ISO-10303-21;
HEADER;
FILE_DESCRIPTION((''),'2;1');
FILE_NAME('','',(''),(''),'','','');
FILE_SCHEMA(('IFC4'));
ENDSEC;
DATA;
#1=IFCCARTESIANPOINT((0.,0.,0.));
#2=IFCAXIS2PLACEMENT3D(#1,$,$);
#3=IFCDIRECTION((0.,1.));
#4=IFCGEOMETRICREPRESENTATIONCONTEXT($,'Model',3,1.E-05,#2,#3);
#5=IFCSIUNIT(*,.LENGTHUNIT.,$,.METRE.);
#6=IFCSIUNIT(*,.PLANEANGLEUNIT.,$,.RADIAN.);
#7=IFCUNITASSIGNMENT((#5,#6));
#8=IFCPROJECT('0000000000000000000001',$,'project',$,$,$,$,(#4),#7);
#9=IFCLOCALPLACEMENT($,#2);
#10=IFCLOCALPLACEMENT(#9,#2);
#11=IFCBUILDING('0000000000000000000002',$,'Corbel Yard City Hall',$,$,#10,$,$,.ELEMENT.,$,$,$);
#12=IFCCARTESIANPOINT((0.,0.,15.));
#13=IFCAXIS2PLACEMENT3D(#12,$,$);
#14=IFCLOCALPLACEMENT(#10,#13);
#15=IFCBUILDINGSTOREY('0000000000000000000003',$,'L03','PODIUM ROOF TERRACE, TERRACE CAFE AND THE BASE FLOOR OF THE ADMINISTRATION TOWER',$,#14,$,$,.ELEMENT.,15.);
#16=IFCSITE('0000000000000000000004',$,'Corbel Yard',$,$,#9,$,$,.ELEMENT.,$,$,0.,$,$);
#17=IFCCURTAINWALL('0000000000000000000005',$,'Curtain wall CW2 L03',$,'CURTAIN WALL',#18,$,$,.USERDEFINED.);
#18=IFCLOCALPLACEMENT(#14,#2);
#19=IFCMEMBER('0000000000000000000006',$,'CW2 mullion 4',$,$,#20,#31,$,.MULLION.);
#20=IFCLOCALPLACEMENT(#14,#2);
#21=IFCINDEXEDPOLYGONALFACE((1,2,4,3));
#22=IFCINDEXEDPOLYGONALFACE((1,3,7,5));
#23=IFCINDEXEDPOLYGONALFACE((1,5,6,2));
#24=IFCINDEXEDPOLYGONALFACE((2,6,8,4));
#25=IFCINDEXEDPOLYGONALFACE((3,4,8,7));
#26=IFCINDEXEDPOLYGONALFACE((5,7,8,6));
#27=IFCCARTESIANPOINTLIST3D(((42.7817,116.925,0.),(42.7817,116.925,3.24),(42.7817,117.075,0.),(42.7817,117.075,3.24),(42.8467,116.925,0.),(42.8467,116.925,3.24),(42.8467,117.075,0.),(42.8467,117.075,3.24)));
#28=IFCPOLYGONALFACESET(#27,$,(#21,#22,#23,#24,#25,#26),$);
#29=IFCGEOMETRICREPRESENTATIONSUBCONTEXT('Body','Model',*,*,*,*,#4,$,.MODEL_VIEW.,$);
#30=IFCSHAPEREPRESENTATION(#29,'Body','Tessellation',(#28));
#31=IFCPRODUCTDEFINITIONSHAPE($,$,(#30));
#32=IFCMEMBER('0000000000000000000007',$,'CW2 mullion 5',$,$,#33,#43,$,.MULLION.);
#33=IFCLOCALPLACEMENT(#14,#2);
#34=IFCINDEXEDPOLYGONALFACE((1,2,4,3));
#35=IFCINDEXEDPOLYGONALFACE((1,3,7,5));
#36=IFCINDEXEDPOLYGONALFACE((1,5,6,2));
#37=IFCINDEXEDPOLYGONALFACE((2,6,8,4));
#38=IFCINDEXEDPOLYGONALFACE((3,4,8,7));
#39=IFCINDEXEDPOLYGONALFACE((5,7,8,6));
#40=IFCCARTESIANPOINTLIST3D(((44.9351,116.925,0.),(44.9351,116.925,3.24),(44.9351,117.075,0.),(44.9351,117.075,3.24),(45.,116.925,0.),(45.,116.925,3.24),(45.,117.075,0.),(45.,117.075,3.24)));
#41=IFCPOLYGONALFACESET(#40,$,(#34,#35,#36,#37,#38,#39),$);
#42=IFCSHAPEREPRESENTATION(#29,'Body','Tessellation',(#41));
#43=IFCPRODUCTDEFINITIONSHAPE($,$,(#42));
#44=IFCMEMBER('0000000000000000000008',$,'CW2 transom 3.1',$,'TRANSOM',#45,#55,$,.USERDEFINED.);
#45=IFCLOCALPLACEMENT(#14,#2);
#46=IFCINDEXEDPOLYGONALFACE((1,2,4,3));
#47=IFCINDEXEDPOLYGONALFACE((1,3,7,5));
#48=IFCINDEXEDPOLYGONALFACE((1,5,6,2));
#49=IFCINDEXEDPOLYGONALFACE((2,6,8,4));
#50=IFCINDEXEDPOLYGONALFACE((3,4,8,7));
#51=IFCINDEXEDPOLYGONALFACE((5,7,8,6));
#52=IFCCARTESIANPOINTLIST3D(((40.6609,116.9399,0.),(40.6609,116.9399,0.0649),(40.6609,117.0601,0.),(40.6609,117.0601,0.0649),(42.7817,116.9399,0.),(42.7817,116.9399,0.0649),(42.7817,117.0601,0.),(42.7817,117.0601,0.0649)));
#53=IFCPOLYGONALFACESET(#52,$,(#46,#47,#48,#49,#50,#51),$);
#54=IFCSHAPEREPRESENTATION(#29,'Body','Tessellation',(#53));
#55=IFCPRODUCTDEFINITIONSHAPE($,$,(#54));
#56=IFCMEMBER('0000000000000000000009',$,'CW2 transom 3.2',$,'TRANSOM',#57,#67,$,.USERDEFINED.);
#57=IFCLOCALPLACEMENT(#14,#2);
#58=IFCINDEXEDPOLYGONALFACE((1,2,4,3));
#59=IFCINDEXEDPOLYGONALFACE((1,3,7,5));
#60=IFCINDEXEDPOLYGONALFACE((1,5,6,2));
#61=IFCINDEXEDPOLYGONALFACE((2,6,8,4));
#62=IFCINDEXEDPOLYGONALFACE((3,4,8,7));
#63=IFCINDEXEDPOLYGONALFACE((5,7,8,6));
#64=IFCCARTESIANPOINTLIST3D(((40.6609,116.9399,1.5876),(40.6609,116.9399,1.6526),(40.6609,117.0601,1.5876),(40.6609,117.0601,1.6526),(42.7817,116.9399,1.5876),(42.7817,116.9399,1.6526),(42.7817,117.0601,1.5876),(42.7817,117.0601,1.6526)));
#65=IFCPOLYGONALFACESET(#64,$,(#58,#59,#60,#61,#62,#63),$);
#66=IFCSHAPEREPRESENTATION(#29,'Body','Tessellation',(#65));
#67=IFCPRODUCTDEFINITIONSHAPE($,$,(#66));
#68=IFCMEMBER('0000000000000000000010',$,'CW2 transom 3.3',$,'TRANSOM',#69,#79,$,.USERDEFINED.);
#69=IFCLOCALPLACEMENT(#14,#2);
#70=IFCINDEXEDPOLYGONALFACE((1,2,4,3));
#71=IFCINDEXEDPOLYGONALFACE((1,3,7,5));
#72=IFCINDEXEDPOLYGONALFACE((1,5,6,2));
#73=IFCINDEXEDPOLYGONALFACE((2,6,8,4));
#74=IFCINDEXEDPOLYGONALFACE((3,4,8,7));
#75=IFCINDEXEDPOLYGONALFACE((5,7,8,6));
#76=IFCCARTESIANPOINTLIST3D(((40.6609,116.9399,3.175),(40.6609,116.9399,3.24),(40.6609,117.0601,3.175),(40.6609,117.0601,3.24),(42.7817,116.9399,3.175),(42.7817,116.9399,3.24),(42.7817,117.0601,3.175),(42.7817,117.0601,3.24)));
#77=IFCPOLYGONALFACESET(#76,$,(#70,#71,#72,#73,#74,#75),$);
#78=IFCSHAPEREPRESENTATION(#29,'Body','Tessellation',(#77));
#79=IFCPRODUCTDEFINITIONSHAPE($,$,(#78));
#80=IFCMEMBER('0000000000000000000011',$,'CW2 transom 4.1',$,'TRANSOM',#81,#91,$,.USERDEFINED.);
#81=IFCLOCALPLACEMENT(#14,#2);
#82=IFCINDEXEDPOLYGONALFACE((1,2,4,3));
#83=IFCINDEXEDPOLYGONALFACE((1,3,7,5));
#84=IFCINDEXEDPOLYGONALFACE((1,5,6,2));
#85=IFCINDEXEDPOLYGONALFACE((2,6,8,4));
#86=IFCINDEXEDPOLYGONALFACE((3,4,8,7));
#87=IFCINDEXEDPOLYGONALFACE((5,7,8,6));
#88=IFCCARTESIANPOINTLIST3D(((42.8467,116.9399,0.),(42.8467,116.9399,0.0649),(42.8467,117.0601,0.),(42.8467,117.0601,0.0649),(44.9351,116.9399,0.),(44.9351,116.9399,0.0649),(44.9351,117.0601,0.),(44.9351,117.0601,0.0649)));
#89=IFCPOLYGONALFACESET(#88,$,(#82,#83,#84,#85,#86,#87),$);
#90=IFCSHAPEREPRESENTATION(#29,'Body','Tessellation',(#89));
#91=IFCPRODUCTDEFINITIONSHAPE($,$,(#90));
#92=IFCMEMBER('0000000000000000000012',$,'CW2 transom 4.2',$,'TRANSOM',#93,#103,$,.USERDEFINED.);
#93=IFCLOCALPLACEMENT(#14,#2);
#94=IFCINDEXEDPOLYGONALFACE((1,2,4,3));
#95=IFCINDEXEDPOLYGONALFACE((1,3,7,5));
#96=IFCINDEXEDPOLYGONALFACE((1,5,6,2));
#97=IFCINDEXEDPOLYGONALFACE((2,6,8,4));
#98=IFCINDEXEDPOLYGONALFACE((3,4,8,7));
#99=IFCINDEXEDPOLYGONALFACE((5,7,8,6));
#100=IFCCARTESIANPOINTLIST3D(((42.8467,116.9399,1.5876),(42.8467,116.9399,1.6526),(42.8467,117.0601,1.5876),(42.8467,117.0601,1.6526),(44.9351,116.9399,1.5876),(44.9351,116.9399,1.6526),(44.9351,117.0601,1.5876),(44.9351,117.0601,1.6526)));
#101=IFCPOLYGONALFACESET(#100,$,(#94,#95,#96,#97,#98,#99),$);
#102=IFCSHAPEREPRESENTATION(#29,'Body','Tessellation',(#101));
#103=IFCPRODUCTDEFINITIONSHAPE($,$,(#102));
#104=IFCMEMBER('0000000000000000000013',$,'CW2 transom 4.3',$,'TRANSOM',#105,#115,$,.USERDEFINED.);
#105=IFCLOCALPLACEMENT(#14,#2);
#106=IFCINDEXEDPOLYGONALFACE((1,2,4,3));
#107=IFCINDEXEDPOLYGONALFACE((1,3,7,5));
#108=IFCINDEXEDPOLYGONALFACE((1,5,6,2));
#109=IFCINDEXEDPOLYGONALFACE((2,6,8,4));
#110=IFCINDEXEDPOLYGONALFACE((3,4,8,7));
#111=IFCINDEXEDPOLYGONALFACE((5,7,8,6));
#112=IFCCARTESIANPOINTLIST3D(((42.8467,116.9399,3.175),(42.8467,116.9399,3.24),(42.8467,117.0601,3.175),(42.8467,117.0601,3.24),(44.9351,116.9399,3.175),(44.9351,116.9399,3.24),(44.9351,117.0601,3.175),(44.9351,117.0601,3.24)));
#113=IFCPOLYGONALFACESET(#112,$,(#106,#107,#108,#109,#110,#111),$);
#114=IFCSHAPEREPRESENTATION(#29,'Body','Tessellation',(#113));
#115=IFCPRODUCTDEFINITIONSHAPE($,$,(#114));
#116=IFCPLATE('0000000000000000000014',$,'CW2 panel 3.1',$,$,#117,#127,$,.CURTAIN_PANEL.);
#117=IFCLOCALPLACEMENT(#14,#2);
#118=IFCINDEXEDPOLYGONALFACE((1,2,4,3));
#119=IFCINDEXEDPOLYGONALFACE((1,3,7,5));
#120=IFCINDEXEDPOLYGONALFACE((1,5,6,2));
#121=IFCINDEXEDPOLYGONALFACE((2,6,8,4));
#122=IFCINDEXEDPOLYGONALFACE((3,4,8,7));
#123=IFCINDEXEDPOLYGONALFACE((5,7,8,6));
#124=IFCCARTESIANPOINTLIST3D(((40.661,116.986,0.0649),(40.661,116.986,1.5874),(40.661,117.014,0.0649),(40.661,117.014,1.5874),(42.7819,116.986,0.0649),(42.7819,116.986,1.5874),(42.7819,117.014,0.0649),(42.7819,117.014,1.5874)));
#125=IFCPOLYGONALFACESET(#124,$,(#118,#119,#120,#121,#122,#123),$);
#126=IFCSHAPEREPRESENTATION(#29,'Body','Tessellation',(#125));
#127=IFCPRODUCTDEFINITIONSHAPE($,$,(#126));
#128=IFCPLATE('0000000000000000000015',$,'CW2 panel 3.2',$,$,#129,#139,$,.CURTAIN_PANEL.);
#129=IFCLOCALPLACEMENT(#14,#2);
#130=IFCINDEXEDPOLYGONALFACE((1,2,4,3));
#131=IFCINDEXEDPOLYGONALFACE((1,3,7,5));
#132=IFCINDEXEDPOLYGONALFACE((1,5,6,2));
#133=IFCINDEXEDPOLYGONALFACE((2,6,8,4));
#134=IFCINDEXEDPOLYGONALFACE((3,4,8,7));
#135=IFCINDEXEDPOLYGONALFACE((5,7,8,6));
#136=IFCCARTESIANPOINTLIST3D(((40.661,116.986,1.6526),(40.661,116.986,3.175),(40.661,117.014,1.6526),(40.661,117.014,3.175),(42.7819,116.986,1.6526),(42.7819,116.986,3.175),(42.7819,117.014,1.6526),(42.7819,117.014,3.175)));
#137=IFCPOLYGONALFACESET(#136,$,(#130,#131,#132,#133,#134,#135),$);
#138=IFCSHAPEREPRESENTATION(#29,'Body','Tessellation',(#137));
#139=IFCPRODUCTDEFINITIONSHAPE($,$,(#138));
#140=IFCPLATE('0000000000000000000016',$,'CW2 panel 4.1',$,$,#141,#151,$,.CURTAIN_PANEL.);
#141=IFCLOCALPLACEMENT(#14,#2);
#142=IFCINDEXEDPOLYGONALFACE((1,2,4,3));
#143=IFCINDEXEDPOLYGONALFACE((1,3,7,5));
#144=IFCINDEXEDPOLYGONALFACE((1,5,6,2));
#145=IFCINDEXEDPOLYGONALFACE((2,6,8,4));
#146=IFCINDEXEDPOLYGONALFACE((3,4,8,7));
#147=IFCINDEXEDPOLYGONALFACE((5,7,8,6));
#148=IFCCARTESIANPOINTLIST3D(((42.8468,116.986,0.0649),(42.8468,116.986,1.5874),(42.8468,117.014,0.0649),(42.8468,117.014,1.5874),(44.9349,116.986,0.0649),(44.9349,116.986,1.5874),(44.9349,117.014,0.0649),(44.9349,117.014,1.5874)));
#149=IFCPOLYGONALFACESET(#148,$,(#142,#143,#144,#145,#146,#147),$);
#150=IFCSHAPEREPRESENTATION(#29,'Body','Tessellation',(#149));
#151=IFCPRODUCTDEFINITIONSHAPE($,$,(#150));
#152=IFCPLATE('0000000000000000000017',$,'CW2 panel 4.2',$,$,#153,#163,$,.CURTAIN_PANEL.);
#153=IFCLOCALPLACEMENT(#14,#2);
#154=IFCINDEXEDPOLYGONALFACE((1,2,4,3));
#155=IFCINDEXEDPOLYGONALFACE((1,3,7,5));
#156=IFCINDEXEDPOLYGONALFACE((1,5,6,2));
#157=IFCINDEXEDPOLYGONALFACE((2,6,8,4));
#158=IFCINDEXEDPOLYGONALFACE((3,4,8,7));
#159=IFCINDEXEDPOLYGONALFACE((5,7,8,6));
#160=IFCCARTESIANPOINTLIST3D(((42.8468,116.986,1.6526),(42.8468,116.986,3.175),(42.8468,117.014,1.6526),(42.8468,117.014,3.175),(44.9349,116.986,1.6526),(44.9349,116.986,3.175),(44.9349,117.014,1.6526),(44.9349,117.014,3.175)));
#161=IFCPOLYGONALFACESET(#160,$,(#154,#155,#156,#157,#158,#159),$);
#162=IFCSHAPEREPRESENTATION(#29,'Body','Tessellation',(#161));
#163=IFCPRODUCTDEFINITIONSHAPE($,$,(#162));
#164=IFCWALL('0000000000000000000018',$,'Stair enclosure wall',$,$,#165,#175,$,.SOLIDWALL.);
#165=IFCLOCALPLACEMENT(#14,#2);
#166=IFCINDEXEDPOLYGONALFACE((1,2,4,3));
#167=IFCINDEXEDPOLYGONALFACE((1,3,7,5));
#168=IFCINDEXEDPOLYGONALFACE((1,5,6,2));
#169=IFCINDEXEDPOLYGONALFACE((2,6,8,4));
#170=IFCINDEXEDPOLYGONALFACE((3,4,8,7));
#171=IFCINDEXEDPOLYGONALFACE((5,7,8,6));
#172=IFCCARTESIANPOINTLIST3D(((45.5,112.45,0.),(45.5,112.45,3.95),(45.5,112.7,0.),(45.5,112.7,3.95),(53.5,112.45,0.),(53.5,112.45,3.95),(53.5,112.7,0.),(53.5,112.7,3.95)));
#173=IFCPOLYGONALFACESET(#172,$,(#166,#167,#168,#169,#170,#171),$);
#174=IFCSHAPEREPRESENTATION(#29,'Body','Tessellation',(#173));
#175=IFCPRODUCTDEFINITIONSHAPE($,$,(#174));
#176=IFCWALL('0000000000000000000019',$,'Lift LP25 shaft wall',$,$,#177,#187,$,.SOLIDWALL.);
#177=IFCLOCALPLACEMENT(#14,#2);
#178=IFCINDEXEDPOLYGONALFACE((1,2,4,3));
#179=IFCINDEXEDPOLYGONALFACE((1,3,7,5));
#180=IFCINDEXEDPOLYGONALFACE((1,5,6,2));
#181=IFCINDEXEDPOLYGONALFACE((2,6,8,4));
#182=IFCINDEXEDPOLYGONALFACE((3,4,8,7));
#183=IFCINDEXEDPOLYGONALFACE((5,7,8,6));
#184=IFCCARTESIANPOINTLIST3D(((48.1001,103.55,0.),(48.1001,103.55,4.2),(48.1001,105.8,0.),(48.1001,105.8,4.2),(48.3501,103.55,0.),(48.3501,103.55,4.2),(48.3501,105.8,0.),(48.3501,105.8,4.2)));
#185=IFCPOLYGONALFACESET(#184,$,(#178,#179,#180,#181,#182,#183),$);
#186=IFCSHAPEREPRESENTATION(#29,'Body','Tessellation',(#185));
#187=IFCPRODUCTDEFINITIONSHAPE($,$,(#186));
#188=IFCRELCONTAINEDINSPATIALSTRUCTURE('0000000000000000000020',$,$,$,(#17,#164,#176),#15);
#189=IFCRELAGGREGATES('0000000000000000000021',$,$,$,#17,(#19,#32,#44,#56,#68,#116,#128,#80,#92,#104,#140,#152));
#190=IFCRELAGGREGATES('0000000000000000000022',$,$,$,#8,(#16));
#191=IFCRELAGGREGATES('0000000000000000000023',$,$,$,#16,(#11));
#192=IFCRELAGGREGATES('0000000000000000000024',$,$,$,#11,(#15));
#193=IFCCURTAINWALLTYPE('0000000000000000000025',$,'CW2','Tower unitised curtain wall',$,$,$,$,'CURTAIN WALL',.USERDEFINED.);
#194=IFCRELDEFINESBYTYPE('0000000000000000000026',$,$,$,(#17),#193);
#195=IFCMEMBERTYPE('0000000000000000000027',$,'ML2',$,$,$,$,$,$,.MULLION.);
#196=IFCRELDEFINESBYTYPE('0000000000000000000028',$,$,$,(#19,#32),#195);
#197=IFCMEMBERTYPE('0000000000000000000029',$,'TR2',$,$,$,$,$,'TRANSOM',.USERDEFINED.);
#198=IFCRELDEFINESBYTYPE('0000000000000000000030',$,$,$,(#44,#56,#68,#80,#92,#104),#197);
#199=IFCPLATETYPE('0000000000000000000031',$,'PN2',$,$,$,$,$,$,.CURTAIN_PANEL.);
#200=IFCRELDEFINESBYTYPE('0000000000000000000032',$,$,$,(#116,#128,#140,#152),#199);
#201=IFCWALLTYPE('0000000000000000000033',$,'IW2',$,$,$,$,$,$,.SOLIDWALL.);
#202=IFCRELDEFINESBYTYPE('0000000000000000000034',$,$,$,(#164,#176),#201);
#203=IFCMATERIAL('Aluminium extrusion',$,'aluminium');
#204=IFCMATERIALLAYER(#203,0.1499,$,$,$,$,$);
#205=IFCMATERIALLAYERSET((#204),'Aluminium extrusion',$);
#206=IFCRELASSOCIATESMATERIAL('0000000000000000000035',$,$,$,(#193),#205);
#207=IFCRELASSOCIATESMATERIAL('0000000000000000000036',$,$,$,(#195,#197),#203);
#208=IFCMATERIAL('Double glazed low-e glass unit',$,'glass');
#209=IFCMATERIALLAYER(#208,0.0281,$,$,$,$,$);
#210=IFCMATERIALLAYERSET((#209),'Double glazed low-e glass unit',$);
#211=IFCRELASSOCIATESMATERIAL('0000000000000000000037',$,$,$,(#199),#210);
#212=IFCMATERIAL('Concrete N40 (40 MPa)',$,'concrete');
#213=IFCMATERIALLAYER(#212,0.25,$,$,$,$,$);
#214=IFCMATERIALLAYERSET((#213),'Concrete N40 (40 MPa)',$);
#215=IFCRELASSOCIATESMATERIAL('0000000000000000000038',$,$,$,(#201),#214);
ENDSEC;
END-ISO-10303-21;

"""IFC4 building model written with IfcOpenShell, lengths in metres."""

from ifc_helpers import new_model, si_unit, direction, frame, frame_2d, origin, origin_2d, place, context, subcontext, project, spatial, rectangle, extrude, material, layer, layer_set, material_profile, profile_set, type_object, element, aggregate, save


model = new_model("IFC4")

# Units and contexts
model_context = context("Model", 3, precision=1e-05, world=origin(), true_north=direction((0.0, 1.0)))
body_context = subcontext(model_context, "Body", "Model", "MODEL_VIEW")
ifc_project = project(units=[si_unit("LENGTHUNIT", "METRE"), si_unit("PLANEANGLEUNIT", "RADIAN")], contexts=[model_context])

# Site, building, storey
site_placement = place(None, origin())
site = spatial("IfcSite", under=ifc_project, at=site_placement, Name="Corbel Yard", CompositionType="ELEMENT", RefElevation=0.0)
building_placement = place(site_placement, origin())
building = spatial("IfcBuilding", under=site, at=building_placement, Name="Corbel Yard City Hall", CompositionType="ELEMENT")
storey_placement = place(building_placement, frame((0.0, 0.0, 15.0)))
storey = spatial("IfcBuildingStorey", under=building, at=storey_placement, Name="L03", Description="PODIUM ROOF TERRACE, TERRACE CAFE AND THE BASE FLOOR OF THE ADMINISTRATION TOWER", CompositionType="ELEMENT", Elevation=15.0)

# Curtain wall, members, plates
ifc_material_1 = material(Name="Aluminium extrusion", Category="aluminium")
ifc_layer_1 = layer(ifc_material_1, 0.1499)
ifc_layer_set_1 = layer_set([ifc_layer_1], Name="Aluminium extrusion")
curtain_wall_type = type_object("IfcCurtainWallType", Name="CW2", Description="Tower unitised curtain wall", ElementType="CURTAIN WALL", PredefinedType="USERDEFINED", material=ifc_layer_set_1)
curtain_wall_placement = place(storey_placement, origin())
curtain_wall = element("IfcCurtainWall", 1, at=curtain_wall_placement, inside=storey, type_object=curtain_wall_type, Name="Curtain wall CW2 L03", ObjectType="CURTAIN WALL", PredefinedType="USERDEFINED")
ifc_material_profile_1 = material_profile(ifc_material_1, rectangle(XDim=0.1499, YDim=0.0649, at=origin_2d()), Name="150x65")
ifc_profile_set_1 = profile_set([ifc_material_profile_1], Name="Aluminium extrusion")
member_type_1 = type_object("IfcMemberType", Name="ML2", PredefinedType="MULLION", material=ifc_profile_set_1)
member_1_placement = place(storey_placement, frame((42.8142, 117.0, 0.0), z_axis=(0.0, 0.0, 1.0), x_axis=(0.0, 1.0, 0.0)))
member_1 = element("IfcMember", 2, at=member_1_placement, type_object=member_type_1, Name="CW2 mullion 4", PredefinedType="MULLION", context=body_context, shape_type="SweptSolid", body=[
    extrude(rectangle(XDim=0.1499, YDim=0.0649, at=origin_2d()), origin(), (0.0, 0.0, 1.0), 3.24),
])
member_2_placement = place(storey_placement, frame((44.9675, 117.0, 0.0), z_axis=(0.0, 0.0, 1.0), x_axis=(0.0, 1.0, 0.0)))
member_2 = element("IfcMember", 3, at=member_2_placement, type_object=member_type_1, Name="CW2 mullion 5", PredefinedType="MULLION", context=body_context, shape_type="SweptSolid", body=[
    extrude(rectangle(XDim=0.1499, YDim=0.0649, at=origin_2d()), origin(), (0.0, 0.0, 1.0), 3.24),
])
ifc_material_profile_2 = material_profile(ifc_material_1, rectangle(XDim=0.1201, YDim=0.0649, at=origin_2d()), Name="120x65")
ifc_profile_set_2 = profile_set([ifc_material_profile_2], Name="Aluminium extrusion")
member_type_2 = type_object("IfcMemberType", Name="TR2", ElementType="TRANSOM", PredefinedType="USERDEFINED", material=ifc_profile_set_2)
member_3_placement = place(storey_placement, frame((40.6609, 117.0, 0.0325), z_axis=(1.0, 0.0, 0.0), x_axis=(0.0, 1.0, 0.0)))
member_3 = element("IfcMember", 4, at=member_3_placement, type_object=member_type_2, Name="CW2 transom 3.1", ObjectType="TRANSOM", PredefinedType="USERDEFINED", context=body_context, shape_type="SweptSolid", body=[
    extrude(rectangle(XDim=0.1201, YDim=0.0649, at=origin_2d()), origin(), (0.0, 0.0, 1.0), 2.1208),
])
member_4_placement = place(storey_placement, frame((40.6609, 117.0, 1.6201), z_axis=(1.0, 0.0, 0.0), x_axis=(0.0, 1.0, 0.0)))
member_4 = element("IfcMember", 5, at=member_4_placement, type_object=member_type_2, Name="CW2 transom 3.2", ObjectType="TRANSOM", PredefinedType="USERDEFINED", context=body_context, shape_type="SweptSolid", body=[
    extrude(rectangle(XDim=0.1201, YDim=0.0649, at=origin_2d()), origin(), (0.0, 0.0, 1.0), 2.1208),
])
member_5_placement = place(storey_placement, frame((40.6609, 117.0, 3.2075), z_axis=(1.0, 0.0, 0.0), x_axis=(0.0, 1.0, 0.0)))
member_5 = element("IfcMember", 6, at=member_5_placement, type_object=member_type_2, Name="CW2 transom 3.3", ObjectType="TRANSOM", PredefinedType="USERDEFINED", context=body_context, shape_type="SweptSolid", body=[
    extrude(rectangle(XDim=0.1201, YDim=0.0649, at=origin_2d()), origin(), (0.0, 0.0, 1.0), 2.1208),
])
member_6_placement = place(storey_placement, frame((42.8467, 117.0, 0.0325), z_axis=(1.0, 0.0, 0.0), x_axis=(0.0, 1.0, 0.0)))
member_6 = element("IfcMember", 7, at=member_6_placement, type_object=member_type_2, Name="CW2 transom 4.1", ObjectType="TRANSOM", PredefinedType="USERDEFINED", context=body_context, shape_type="SweptSolid", body=[
    extrude(rectangle(XDim=0.1201, YDim=0.0649, at=origin_2d()), origin(), (0.0, 0.0, 1.0), 2.0884),
])
member_7_placement = place(storey_placement, frame((42.8467, 117.0, 1.6201), z_axis=(1.0, 0.0, 0.0), x_axis=(0.0, 1.0, 0.0)))
member_7 = element("IfcMember", 8, at=member_7_placement, type_object=member_type_2, Name="CW2 transom 4.2", ObjectType="TRANSOM", PredefinedType="USERDEFINED", context=body_context, shape_type="SweptSolid", body=[
    extrude(rectangle(XDim=0.1201, YDim=0.0649, at=origin_2d()), origin(), (0.0, 0.0, 1.0), 2.0884),
])
member_8_placement = place(storey_placement, frame((42.8467, 117.0, 3.2075), z_axis=(1.0, 0.0, 0.0), x_axis=(0.0, 1.0, 0.0)))
member_8 = element("IfcMember", 9, at=member_8_placement, type_object=member_type_2, Name="CW2 transom 4.3", ObjectType="TRANSOM", PredefinedType="USERDEFINED", context=body_context, shape_type="SweptSolid", body=[
    extrude(rectangle(XDim=0.1201, YDim=0.0649, at=origin_2d()), origin(), (0.0, 0.0, 1.0), 2.0884),
])
ifc_material_2 = material(Name="Double glazed low-e glass unit", Category="glass")
ifc_layer_2 = layer(ifc_material_2, 0.0281)
ifc_layer_set_2 = layer_set([ifc_layer_2], Name="Double glazed low-e glass unit")
plate_type = type_object("IfcPlateType", Name="PN2", PredefinedType="CURTAIN_PANEL", material=ifc_layer_set_2)
plate_1_placement = place(storey_placement, frame((41.7214, 117.0, 0.0649), z_axis=(0.0, 0.0, 1.0), x_axis=(1.0, 0.0, 0.0)))
plate_1 = element("IfcPlate", 10, at=plate_1_placement, type_object=plate_type, Name="CW2 panel 3.1", PredefinedType="CURTAIN_PANEL", context=body_context, shape_type="SweptSolid", body=[
    extrude(rectangle(XDim=2.1208, YDim=0.0281, at=origin_2d()), origin(), (0.0, 0.0, 1.0), 1.5225),
])
plate_2_placement = place(storey_placement, frame((41.7214, 117.0, 1.6526), z_axis=(0.0, 0.0, 1.0), x_axis=(1.0, 0.0, 0.0)))
plate_2 = element("IfcPlate", 11, at=plate_2_placement, type_object=plate_type, Name="CW2 panel 3.2", PredefinedType="CURTAIN_PANEL", context=body_context, shape_type="SweptSolid", body=[
    extrude(rectangle(XDim=2.1208, YDim=0.0281, at=origin_2d()), origin(), (0.0, 0.0, 1.0), 1.5225),
])
plate_3_placement = place(storey_placement, frame((43.8909, 117.0, 0.0649), z_axis=(0.0, 0.0, 1.0), x_axis=(1.0, 0.0, 0.0)))
plate_3 = element("IfcPlate", 12, at=plate_3_placement, type_object=plate_type, Name="CW2 panel 4.1", PredefinedType="CURTAIN_PANEL", context=body_context, shape_type="SweptSolid", body=[
    extrude(rectangle(XDim=2.0881, YDim=0.0281, at=origin_2d()), origin(), (0.0, 0.0, 1.0), 1.5225),
])
plate_4_placement = place(storey_placement, frame((43.8909, 117.0, 1.6526), z_axis=(0.0, 0.0, 1.0), x_axis=(1.0, 0.0, 0.0)))
plate_4 = element("IfcPlate", 13, at=plate_4_placement, type_object=plate_type, Name="CW2 panel 4.2", PredefinedType="CURTAIN_PANEL", context=body_context, shape_type="SweptSolid", body=[
    extrude(rectangle(XDim=2.0881, YDim=0.0281, at=origin_2d()), origin(), (0.0, 0.0, 1.0), 1.5225),
])
aggregate(curtain_wall, [member_1, member_2, member_3, member_4, member_5, plate_1, plate_2, member_6, member_7, member_8, plate_3, plate_4])

# Walls
ifc_material_3 = material(Name="Concrete N40 (40 MPa)", Category="concrete")
ifc_layer_3 = layer(ifc_material_3, 0.25)
ifc_layer_set_3 = layer_set([ifc_layer_3], Name="Concrete N40 (40 MPa)")
wall_type_1 = type_object("IfcWallType", Name="IW2", PredefinedType="SOLIDWALL", material=ifc_layer_set_3)
wall_1_placement = place(storey_placement, frame((45.5, 112.575, 0.0), z_axis=(0.0, 0.0, 1.0), x_axis=(1.0, 0.0, 0.0)))
element("IfcWall", 14, at=wall_1_placement, inside=storey, type_object=wall_type_1, Name="Stair enclosure wall", PredefinedType="SOLIDWALL", context=body_context, shape_type="SweptSolid", body=[
    extrude(rectangle(XDim=8.0, YDim=0.25, at=frame_2d((4.0, 0.0))), origin(), (0.0, 0.0, 1.0), 3.95),
])
wall_2_placement = place(storey_placement, frame((48.2251, 103.55, 0.0), z_axis=(0.0, 0.0, 1.0), x_axis=(0.0, 1.0, 0.0)))
element("IfcWall", 15, at=wall_2_placement, inside=storey, type_object=wall_type_1, Name="Lift LP25 shaft wall", PredefinedType="SOLIDWALL", context=body_context, shape_type="SweptSolid", body=[
    extrude(rectangle(XDim=2.25, YDim=0.25, at=frame_2d((1.125, 0.0))), origin(), (0.0, 0.0, 1.0), 4.2),
])

save(model, "model.ifc")
